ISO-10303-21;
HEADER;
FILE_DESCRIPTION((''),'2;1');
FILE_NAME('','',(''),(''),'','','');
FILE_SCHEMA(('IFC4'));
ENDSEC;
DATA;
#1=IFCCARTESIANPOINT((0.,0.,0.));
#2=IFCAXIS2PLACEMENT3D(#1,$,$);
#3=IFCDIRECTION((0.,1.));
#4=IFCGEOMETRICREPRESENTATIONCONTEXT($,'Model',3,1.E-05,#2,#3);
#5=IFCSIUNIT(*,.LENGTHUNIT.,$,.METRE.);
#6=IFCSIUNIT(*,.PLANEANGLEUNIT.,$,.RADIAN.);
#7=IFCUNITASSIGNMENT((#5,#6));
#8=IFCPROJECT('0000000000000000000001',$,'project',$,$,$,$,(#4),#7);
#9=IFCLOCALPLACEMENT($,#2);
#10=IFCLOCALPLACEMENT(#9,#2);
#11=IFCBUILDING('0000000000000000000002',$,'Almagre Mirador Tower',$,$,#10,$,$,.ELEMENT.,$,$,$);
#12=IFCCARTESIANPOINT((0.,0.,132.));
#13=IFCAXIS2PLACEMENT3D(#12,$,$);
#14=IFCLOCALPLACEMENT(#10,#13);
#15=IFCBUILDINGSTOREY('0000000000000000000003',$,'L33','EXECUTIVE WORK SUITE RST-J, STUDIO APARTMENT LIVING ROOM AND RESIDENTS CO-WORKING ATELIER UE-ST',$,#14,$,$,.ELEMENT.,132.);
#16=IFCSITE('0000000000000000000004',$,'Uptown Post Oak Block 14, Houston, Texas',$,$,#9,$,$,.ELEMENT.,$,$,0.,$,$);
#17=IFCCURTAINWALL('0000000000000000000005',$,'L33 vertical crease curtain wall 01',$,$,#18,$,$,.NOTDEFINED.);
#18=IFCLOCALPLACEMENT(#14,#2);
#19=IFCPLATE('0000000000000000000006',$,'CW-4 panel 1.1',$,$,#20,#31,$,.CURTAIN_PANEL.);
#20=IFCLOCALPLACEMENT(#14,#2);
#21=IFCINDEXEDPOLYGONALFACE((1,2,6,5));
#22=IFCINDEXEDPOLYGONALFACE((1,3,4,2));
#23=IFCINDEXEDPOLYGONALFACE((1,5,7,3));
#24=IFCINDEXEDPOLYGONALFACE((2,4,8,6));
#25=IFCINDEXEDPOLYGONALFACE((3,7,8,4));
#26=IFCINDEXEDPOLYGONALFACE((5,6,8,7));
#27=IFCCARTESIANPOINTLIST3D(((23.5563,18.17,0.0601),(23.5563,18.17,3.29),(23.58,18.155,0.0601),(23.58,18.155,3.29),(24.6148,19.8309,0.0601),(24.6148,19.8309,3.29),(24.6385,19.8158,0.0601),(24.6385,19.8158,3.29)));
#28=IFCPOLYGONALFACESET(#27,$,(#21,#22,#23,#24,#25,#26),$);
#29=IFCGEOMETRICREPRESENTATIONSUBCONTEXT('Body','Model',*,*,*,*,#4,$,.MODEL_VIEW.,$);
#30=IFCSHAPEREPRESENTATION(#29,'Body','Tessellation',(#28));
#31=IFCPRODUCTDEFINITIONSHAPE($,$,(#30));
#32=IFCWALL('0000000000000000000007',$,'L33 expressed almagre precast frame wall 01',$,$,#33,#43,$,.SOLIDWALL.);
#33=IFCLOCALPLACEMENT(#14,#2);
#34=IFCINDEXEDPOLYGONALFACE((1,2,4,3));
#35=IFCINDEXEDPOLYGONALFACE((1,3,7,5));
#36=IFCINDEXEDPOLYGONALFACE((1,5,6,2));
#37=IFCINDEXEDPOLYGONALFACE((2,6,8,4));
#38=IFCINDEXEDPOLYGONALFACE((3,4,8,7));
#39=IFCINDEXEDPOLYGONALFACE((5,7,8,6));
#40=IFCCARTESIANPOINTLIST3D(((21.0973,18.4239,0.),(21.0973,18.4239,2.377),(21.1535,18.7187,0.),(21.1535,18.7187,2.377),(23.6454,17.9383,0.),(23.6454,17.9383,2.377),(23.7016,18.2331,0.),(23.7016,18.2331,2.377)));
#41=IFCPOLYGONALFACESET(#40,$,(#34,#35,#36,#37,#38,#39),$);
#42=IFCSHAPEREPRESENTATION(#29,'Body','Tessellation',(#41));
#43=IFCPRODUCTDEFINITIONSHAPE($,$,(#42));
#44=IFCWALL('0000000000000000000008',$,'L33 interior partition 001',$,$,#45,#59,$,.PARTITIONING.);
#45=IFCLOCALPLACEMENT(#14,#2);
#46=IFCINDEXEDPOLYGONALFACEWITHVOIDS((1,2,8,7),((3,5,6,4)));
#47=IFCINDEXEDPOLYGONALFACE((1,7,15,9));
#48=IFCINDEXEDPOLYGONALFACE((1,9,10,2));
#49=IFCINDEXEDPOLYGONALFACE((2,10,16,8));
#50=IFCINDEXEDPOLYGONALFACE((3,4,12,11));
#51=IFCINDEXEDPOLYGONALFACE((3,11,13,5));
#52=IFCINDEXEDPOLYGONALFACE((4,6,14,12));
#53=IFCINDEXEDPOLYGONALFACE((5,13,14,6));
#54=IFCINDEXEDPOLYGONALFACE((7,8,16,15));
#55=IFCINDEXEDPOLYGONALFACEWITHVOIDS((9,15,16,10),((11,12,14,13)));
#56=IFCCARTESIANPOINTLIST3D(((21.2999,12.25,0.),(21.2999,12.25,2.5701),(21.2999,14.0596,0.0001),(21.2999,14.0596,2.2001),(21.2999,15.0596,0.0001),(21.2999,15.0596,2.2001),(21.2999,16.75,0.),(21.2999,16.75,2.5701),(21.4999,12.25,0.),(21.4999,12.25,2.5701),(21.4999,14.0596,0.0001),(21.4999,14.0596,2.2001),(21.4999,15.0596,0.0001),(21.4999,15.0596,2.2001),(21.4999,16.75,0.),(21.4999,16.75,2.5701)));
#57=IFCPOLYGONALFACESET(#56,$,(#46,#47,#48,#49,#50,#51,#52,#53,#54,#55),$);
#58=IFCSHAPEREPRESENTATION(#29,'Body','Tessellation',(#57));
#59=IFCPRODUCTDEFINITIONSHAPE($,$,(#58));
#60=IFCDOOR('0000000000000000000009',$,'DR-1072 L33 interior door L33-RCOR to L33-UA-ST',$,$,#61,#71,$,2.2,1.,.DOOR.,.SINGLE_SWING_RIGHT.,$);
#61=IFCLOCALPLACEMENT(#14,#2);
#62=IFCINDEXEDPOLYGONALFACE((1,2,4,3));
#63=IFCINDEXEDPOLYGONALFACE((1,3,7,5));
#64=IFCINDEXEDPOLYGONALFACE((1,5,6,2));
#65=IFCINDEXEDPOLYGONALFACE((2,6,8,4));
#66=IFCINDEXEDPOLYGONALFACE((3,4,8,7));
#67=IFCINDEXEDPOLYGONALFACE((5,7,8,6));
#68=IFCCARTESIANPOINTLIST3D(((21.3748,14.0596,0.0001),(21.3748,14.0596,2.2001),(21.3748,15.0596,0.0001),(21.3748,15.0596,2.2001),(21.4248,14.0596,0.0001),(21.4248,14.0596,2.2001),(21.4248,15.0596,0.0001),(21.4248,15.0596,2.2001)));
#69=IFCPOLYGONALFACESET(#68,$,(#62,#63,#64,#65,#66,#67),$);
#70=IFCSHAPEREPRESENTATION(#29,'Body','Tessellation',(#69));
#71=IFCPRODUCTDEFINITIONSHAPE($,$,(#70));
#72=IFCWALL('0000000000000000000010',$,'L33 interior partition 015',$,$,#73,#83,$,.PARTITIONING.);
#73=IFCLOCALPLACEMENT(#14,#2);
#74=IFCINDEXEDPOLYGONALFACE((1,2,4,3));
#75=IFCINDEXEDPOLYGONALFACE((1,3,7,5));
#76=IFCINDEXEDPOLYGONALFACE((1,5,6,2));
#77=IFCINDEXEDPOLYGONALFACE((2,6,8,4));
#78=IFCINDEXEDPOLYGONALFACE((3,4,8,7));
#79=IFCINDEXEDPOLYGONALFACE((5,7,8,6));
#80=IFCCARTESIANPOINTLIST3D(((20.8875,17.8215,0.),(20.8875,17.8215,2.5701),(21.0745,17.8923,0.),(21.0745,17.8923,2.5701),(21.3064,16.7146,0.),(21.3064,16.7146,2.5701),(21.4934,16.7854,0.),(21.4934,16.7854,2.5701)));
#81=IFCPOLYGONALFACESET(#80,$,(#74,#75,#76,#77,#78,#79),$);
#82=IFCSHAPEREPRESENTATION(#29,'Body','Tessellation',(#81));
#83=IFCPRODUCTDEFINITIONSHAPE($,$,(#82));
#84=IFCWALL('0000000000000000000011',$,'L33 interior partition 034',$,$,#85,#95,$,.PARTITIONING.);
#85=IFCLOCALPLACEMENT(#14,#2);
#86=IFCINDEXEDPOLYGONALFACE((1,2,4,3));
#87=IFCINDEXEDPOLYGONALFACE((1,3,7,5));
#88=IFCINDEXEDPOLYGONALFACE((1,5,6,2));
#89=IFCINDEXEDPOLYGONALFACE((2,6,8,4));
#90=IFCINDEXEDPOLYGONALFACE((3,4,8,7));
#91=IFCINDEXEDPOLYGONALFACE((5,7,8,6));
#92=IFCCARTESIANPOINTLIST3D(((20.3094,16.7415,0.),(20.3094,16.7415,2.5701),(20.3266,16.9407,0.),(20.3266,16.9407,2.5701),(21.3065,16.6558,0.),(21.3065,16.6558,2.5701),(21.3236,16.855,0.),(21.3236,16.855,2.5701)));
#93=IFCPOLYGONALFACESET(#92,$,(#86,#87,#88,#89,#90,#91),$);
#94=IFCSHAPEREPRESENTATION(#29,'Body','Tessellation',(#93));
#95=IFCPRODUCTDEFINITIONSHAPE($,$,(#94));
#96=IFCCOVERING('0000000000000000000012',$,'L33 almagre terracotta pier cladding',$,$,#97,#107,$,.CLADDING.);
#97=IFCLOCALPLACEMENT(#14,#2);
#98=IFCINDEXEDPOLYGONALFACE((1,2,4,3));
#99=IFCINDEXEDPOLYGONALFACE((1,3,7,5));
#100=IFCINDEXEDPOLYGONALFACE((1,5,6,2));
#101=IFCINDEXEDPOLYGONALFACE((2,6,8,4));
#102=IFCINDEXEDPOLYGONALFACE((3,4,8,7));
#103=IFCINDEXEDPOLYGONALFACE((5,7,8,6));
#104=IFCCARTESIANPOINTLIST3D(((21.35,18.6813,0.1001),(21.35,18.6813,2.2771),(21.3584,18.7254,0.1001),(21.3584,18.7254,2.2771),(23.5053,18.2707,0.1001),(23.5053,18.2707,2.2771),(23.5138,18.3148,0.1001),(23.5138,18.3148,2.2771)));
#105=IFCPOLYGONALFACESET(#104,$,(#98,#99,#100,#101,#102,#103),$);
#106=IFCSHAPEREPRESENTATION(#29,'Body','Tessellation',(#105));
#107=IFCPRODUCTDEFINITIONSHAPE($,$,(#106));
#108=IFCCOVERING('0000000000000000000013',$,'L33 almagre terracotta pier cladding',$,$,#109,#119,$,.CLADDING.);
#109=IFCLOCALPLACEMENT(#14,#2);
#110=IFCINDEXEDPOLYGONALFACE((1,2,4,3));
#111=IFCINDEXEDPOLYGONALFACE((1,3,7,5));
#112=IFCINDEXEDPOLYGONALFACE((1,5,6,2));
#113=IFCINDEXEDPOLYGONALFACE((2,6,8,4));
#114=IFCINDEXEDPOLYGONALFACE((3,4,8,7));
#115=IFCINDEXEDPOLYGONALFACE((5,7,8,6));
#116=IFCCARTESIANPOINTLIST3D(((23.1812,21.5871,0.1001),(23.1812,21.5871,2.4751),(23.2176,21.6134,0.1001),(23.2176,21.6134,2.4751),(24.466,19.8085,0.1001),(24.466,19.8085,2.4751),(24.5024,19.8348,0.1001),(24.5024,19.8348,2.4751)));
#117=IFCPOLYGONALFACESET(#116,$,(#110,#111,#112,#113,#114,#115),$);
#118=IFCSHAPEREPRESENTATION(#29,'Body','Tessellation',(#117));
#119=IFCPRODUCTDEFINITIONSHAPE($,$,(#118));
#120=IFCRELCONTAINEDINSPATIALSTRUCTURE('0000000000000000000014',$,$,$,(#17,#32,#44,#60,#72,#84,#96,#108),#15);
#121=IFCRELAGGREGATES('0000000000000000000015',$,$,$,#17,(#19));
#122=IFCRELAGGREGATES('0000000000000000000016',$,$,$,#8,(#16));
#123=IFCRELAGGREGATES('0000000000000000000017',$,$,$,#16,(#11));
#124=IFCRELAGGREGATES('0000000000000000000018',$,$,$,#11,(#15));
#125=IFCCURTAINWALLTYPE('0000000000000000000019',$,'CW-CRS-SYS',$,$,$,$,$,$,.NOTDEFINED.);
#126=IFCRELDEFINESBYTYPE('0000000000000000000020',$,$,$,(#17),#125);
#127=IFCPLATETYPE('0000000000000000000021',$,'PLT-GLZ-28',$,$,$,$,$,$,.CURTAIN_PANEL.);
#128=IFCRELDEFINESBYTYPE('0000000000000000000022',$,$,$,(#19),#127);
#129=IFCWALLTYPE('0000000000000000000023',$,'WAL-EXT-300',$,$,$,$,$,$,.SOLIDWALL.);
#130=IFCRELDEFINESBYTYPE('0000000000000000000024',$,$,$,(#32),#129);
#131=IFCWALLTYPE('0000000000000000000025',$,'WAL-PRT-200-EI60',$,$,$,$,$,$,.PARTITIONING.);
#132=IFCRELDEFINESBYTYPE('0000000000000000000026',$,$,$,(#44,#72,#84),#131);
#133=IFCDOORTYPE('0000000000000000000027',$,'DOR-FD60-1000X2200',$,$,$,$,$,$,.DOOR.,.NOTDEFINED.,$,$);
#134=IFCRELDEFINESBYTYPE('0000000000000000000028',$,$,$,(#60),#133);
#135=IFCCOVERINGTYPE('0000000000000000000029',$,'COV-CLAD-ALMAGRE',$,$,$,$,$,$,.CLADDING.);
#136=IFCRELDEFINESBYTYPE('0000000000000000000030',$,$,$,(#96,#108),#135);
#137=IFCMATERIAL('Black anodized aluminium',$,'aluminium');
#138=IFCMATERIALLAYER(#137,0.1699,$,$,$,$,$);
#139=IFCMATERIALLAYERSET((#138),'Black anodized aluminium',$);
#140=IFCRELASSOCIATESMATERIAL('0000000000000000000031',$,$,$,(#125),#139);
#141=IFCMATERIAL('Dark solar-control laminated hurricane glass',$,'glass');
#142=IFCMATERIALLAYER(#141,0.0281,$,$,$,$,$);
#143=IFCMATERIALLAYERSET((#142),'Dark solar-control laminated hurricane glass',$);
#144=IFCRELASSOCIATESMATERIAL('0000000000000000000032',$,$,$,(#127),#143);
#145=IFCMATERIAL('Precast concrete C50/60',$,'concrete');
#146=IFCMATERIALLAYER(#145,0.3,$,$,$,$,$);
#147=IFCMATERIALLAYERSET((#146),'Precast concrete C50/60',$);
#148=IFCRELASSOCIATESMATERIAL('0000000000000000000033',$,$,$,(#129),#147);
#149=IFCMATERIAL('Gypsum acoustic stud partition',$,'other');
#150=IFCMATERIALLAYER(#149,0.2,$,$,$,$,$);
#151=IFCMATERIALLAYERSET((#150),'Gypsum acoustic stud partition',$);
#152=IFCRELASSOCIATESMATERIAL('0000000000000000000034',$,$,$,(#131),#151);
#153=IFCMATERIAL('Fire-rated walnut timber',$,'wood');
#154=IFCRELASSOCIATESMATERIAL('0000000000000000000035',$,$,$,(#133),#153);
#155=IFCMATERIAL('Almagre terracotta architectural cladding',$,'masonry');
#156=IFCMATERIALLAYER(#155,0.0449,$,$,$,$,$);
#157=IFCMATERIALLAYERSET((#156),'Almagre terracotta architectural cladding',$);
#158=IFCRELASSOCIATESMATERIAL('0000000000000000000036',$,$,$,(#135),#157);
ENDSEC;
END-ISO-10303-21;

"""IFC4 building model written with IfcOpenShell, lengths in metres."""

from ifc_helpers import new_model, si_unit, direction, frame, frame_2d, origin, origin_2d, place, context, subcontext, project, spatial, rectangle, extrude, material, layer, layer_set, type_object, element, fill, aggregate, save


model = new_model("IFC4")

# Units and contexts
model_context = context("Model", 3, precision=1e-05, world=origin(), true_north=direction((0.0, 1.0)))
body_context = subcontext(model_context, "Body", "Model", "MODEL_VIEW")
ifc_project = project(units=[si_unit("LENGTHUNIT", "METRE"), si_unit("PLANEANGLEUNIT", "RADIAN")], contexts=[model_context])

# Site, building, storey
site_placement = place(None, origin())
site = spatial("IfcSite", under=ifc_project, at=site_placement, Name="Uptown Post Oak Block 14, Houston, Texas", CompositionType="ELEMENT", RefElevation=0.0)
building_placement = place(site_placement, origin())
building = spatial("IfcBuilding", under=site, at=building_placement, Name="Almagre Mirador Tower", CompositionType="ELEMENT")
storey_placement = place(building_placement, frame((0.0, 0.0, 132.0)))
storey = spatial("IfcBuildingStorey", under=building, at=storey_placement, Name="L33", Description="EXECUTIVE WORK SUITE RST-J, STUDIO APARTMENT LIVING ROOM AND RESIDENTS CO-WORKING ATELIER UE-ST", CompositionType="ELEMENT", Elevation=132.0)

# Curtain wall
ifc_material_1 = material(Name="Black anodized aluminium", Category="aluminium")
ifc_layer_1 = layer(ifc_material_1, 0.1699)
ifc_layer_set_1 = layer_set([ifc_layer_1], Name="Black anodized aluminium")
curtain_wall_type_1 = type_object("IfcCurtainWallType", Name="CW-CRS-SYS", PredefinedType="NOTDEFINED", material=ifc_layer_set_1)
curtain_wall_1_placement = place(storey_placement, origin())
curtain_wall_1 = element("IfcCurtainWall", 1, at=curtain_wall_1_placement, inside=storey, type_object=curtain_wall_type_1, Name="L33 vertical crease curtain wall 01", PredefinedType="NOTDEFINED")

# Plate
ifc_material_2 = material(Name="Dark solar-control laminated hurricane glass", Category="glass")
ifc_layer_2 = layer(ifc_material_2, 0.0281)
ifc_layer_set_2 = layer_set([ifc_layer_2], Name="Dark solar-control laminated hurricane glass")
plate_type = type_object("IfcPlateType", Name="PLT-GLZ-28", PredefinedType="CURTAIN_PANEL", material=ifc_layer_set_2)
plate_placement = place(storey_placement, frame((24.0974, 18.9929, 0.0601), z_axis=(0.0, 0.0, 1.0), x_axis=(0.537464, 0.843287, 0.0)))
plate = element("IfcPlate", 2, at=plate_placement, type_object=plate_type, Name="CW-4 panel 1.1", PredefinedType="CURTAIN_PANEL", context=body_context, shape_type="SweptSolid", body=[
    extrude(rectangle(XDim=1.9695, YDim=0.0281, at=origin_2d()), origin(), (0.0, 0.0, 1.0), 3.23),
])
aggregate(curtain_wall_1, [plate])

# Wall
ifc_material_3 = material(Name="Precast concrete C50/60", Category="concrete")
ifc_layer_3 = layer(ifc_material_3, 0.3)
ifc_layer_set_3 = layer_set([ifc_layer_3], Name="Precast concrete C50/60")
wall_type_1 = type_object("IfcWallType", Name="WAL-EXT-300", PredefinedType="SOLIDWALL", material=ifc_layer_set_3)
wall_1_placement = place(storey_placement, frame((21.1255, 18.5713, 0.0), z_axis=(0.0, 0.0, 1.0), x_axis=(0.982321, -0.187203, 0.0)))
element("IfcWall", 3, at=wall_1_placement, inside=storey, type_object=wall_type_1, Name="L33 expressed almagre precast frame wall 01", PredefinedType="SOLIDWALL", context=body_context, shape_type="SweptSolid", body=[
    extrude(rectangle(XDim=2.594, YDim=0.3, at=frame_2d((1.2969, 0.0))), origin(), (0.0, 0.0, 1.0), 2.377),
])

# Wall, opening, door
ifc_material_4 = material(Name="Gypsum acoustic stud partition", Category="other")
ifc_layer_4 = layer(ifc_material_4, 0.2)
ifc_layer_set_4 = layer_set([ifc_layer_4], Name="Gypsum acoustic stud partition")
wall_type_2 = type_object("IfcWallType", Name="WAL-PRT-200-EI60", PredefinedType="PARTITIONING", material=ifc_layer_set_4)
wall_2_placement = place(storey_placement, frame((21.3999, 16.75, 0.0), z_axis=(0.0, 0.0, 1.0), x_axis=(0.0, -1.0, 0.0)))
wall_2 = element("IfcWall", 4, at=wall_2_placement, inside=storey, type_object=wall_type_2, Name="L33 interior partition 001", PredefinedType="PARTITIONING", context=body_context, shape_type="SweptSolid", body=[
    extrude(rectangle(XDim=4.5, YDim=0.2, at=frame_2d((2.25, 0.0))), origin(), (0.0, 0.0, 1.0), 2.5701),
])
opening_placement = place(wall_2_placement, frame((1.6904, 0.0, 0.0)))
opening = element("IfcOpeningElement", 5, at=opening_placement, cuts=wall_2, PredefinedType="OPENING", context=body_context, shape_type="SweptSolid", body=[
    extrude(rectangle(XDim=1.0, YDim=2.2, at=frame_2d((0.5, 1.1001))), frame((0.0, 0.1101, 0.0), z_axis=(0.0, -1.0, 0.0), x_axis=(1.0, 0.0, 0.0)), (0.0, 0.0, 1.0), 0.22),
])
ifc_material_5 = material(Name="Fire-rated walnut timber", Category="wood")
door_type = type_object("IfcDoorType", Name="DOR-FD60-1000X2200", OperationType="NOTDEFINED", PredefinedType="DOOR", material=ifc_material_5)
door_placement = place(opening_placement, origin())
door = element("IfcDoor", 6, at=door_placement, inside=storey, type_object=door_type, Name="DR-1072 L33 interior door L33-RCOR to L33-UA-ST", OperationType="SINGLE_SWING_RIGHT", OverallHeight=2.2, OverallWidth=1.0, PredefinedType="DOOR", context=body_context, shape_type="SweptSolid", body=[
    extrude(rectangle(XDim=1.0, YDim=2.2, at=frame_2d((0.5, 1.1001))), frame((0.0, 0.0249, 0.0), z_axis=(0.0, -1.0, 0.0), x_axis=(1.0, 0.0, 0.0)), (0.0, 0.0, 1.0), 0.05),
])
fill(opening, door)

# Walls
wall_3_placement = place(storey_placement, frame((20.981, 17.8569, 0.0), z_axis=(0.0, 0.0, 1.0), x_axis=(0.35397, -0.935257, 0.0)))
element("IfcWall", 7, at=wall_3_placement, inside=storey, type_object=wall_type_2, Name="L33 interior partition 015", PredefinedType="PARTITIONING", context=body_context, shape_type="SweptSolid", body=[
    extrude(rectangle(XDim=1.1836, YDim=0.2, at=frame_2d((0.5918, 0.0))), origin(), (0.0, 0.0, 1.0), 2.5701),
])
wall_4_placement = place(storey_placement, frame((21.3152, 16.7554, 0.0), z_axis=(0.0, 0.0, 1.0), x_axis=(-0.996327, 0.085629, 0.0)))
element("IfcWall", 8, at=wall_4_placement, inside=storey, type_object=wall_type_2, Name="L33 interior partition 034", PredefinedType="PARTITIONING", context=body_context, shape_type="SweptSolid", body=[
    extrude(rectangle(XDim=1.0007, YDim=0.2, at=frame_2d((0.5005, 0.0))), origin(), (0.0, 0.0, 1.0), 2.5701),
])

# Coverings
ifc_material_6 = material(Name="Almagre terracotta architectural cladding", Category="masonry")
ifc_layer_5 = layer(ifc_material_6, 0.0449)
ifc_layer_set_5 = layer_set([ifc_layer_5], Name="Almagre terracotta architectural cladding")
covering_type = type_object("IfcCoveringType", Name="COV-CLAD-ALMAGRE", PredefinedType="CLADDING", material=ifc_layer_set_5)
covering_1_placement = place(storey_placement, frame((22.4319, 18.498, 0.1001), z_axis=(0.0, 0.0, 1.0), x_axis=(0.982333, -0.187141, 0.0)))
element("IfcCovering", 9, at=covering_1_placement, inside=storey, type_object=covering_type, Name="L33 almagre terracotta pier cladding", PredefinedType="CLADDING", context=body_context, shape_type="SweptSolid", body=[
    extrude(rectangle(XDim=2.1941, YDim=0.0449, at=origin_2d()), origin(), (0.0, 0.0, 1.0), 2.177),
])
covering_2_placement = place(storey_placement, frame((23.8418, 20.7109, 0.1001), z_axis=(0.0, 0.0, 1.0), x_axis=(-0.585538, 0.810645, 0.0)))
element("IfcCovering", 10, at=covering_2_placement, inside=storey, type_object=covering_type, Name="L33 almagre terracotta pier cladding", PredefinedType="CLADDING", context=body_context, shape_type="SweptSolid", body=[
    extrude(rectangle(XDim=2.1941, YDim=0.0449, at=origin_2d()), origin(), (0.0, 0.0, 1.0), 2.375),
])

save(model, "model.ifc")
